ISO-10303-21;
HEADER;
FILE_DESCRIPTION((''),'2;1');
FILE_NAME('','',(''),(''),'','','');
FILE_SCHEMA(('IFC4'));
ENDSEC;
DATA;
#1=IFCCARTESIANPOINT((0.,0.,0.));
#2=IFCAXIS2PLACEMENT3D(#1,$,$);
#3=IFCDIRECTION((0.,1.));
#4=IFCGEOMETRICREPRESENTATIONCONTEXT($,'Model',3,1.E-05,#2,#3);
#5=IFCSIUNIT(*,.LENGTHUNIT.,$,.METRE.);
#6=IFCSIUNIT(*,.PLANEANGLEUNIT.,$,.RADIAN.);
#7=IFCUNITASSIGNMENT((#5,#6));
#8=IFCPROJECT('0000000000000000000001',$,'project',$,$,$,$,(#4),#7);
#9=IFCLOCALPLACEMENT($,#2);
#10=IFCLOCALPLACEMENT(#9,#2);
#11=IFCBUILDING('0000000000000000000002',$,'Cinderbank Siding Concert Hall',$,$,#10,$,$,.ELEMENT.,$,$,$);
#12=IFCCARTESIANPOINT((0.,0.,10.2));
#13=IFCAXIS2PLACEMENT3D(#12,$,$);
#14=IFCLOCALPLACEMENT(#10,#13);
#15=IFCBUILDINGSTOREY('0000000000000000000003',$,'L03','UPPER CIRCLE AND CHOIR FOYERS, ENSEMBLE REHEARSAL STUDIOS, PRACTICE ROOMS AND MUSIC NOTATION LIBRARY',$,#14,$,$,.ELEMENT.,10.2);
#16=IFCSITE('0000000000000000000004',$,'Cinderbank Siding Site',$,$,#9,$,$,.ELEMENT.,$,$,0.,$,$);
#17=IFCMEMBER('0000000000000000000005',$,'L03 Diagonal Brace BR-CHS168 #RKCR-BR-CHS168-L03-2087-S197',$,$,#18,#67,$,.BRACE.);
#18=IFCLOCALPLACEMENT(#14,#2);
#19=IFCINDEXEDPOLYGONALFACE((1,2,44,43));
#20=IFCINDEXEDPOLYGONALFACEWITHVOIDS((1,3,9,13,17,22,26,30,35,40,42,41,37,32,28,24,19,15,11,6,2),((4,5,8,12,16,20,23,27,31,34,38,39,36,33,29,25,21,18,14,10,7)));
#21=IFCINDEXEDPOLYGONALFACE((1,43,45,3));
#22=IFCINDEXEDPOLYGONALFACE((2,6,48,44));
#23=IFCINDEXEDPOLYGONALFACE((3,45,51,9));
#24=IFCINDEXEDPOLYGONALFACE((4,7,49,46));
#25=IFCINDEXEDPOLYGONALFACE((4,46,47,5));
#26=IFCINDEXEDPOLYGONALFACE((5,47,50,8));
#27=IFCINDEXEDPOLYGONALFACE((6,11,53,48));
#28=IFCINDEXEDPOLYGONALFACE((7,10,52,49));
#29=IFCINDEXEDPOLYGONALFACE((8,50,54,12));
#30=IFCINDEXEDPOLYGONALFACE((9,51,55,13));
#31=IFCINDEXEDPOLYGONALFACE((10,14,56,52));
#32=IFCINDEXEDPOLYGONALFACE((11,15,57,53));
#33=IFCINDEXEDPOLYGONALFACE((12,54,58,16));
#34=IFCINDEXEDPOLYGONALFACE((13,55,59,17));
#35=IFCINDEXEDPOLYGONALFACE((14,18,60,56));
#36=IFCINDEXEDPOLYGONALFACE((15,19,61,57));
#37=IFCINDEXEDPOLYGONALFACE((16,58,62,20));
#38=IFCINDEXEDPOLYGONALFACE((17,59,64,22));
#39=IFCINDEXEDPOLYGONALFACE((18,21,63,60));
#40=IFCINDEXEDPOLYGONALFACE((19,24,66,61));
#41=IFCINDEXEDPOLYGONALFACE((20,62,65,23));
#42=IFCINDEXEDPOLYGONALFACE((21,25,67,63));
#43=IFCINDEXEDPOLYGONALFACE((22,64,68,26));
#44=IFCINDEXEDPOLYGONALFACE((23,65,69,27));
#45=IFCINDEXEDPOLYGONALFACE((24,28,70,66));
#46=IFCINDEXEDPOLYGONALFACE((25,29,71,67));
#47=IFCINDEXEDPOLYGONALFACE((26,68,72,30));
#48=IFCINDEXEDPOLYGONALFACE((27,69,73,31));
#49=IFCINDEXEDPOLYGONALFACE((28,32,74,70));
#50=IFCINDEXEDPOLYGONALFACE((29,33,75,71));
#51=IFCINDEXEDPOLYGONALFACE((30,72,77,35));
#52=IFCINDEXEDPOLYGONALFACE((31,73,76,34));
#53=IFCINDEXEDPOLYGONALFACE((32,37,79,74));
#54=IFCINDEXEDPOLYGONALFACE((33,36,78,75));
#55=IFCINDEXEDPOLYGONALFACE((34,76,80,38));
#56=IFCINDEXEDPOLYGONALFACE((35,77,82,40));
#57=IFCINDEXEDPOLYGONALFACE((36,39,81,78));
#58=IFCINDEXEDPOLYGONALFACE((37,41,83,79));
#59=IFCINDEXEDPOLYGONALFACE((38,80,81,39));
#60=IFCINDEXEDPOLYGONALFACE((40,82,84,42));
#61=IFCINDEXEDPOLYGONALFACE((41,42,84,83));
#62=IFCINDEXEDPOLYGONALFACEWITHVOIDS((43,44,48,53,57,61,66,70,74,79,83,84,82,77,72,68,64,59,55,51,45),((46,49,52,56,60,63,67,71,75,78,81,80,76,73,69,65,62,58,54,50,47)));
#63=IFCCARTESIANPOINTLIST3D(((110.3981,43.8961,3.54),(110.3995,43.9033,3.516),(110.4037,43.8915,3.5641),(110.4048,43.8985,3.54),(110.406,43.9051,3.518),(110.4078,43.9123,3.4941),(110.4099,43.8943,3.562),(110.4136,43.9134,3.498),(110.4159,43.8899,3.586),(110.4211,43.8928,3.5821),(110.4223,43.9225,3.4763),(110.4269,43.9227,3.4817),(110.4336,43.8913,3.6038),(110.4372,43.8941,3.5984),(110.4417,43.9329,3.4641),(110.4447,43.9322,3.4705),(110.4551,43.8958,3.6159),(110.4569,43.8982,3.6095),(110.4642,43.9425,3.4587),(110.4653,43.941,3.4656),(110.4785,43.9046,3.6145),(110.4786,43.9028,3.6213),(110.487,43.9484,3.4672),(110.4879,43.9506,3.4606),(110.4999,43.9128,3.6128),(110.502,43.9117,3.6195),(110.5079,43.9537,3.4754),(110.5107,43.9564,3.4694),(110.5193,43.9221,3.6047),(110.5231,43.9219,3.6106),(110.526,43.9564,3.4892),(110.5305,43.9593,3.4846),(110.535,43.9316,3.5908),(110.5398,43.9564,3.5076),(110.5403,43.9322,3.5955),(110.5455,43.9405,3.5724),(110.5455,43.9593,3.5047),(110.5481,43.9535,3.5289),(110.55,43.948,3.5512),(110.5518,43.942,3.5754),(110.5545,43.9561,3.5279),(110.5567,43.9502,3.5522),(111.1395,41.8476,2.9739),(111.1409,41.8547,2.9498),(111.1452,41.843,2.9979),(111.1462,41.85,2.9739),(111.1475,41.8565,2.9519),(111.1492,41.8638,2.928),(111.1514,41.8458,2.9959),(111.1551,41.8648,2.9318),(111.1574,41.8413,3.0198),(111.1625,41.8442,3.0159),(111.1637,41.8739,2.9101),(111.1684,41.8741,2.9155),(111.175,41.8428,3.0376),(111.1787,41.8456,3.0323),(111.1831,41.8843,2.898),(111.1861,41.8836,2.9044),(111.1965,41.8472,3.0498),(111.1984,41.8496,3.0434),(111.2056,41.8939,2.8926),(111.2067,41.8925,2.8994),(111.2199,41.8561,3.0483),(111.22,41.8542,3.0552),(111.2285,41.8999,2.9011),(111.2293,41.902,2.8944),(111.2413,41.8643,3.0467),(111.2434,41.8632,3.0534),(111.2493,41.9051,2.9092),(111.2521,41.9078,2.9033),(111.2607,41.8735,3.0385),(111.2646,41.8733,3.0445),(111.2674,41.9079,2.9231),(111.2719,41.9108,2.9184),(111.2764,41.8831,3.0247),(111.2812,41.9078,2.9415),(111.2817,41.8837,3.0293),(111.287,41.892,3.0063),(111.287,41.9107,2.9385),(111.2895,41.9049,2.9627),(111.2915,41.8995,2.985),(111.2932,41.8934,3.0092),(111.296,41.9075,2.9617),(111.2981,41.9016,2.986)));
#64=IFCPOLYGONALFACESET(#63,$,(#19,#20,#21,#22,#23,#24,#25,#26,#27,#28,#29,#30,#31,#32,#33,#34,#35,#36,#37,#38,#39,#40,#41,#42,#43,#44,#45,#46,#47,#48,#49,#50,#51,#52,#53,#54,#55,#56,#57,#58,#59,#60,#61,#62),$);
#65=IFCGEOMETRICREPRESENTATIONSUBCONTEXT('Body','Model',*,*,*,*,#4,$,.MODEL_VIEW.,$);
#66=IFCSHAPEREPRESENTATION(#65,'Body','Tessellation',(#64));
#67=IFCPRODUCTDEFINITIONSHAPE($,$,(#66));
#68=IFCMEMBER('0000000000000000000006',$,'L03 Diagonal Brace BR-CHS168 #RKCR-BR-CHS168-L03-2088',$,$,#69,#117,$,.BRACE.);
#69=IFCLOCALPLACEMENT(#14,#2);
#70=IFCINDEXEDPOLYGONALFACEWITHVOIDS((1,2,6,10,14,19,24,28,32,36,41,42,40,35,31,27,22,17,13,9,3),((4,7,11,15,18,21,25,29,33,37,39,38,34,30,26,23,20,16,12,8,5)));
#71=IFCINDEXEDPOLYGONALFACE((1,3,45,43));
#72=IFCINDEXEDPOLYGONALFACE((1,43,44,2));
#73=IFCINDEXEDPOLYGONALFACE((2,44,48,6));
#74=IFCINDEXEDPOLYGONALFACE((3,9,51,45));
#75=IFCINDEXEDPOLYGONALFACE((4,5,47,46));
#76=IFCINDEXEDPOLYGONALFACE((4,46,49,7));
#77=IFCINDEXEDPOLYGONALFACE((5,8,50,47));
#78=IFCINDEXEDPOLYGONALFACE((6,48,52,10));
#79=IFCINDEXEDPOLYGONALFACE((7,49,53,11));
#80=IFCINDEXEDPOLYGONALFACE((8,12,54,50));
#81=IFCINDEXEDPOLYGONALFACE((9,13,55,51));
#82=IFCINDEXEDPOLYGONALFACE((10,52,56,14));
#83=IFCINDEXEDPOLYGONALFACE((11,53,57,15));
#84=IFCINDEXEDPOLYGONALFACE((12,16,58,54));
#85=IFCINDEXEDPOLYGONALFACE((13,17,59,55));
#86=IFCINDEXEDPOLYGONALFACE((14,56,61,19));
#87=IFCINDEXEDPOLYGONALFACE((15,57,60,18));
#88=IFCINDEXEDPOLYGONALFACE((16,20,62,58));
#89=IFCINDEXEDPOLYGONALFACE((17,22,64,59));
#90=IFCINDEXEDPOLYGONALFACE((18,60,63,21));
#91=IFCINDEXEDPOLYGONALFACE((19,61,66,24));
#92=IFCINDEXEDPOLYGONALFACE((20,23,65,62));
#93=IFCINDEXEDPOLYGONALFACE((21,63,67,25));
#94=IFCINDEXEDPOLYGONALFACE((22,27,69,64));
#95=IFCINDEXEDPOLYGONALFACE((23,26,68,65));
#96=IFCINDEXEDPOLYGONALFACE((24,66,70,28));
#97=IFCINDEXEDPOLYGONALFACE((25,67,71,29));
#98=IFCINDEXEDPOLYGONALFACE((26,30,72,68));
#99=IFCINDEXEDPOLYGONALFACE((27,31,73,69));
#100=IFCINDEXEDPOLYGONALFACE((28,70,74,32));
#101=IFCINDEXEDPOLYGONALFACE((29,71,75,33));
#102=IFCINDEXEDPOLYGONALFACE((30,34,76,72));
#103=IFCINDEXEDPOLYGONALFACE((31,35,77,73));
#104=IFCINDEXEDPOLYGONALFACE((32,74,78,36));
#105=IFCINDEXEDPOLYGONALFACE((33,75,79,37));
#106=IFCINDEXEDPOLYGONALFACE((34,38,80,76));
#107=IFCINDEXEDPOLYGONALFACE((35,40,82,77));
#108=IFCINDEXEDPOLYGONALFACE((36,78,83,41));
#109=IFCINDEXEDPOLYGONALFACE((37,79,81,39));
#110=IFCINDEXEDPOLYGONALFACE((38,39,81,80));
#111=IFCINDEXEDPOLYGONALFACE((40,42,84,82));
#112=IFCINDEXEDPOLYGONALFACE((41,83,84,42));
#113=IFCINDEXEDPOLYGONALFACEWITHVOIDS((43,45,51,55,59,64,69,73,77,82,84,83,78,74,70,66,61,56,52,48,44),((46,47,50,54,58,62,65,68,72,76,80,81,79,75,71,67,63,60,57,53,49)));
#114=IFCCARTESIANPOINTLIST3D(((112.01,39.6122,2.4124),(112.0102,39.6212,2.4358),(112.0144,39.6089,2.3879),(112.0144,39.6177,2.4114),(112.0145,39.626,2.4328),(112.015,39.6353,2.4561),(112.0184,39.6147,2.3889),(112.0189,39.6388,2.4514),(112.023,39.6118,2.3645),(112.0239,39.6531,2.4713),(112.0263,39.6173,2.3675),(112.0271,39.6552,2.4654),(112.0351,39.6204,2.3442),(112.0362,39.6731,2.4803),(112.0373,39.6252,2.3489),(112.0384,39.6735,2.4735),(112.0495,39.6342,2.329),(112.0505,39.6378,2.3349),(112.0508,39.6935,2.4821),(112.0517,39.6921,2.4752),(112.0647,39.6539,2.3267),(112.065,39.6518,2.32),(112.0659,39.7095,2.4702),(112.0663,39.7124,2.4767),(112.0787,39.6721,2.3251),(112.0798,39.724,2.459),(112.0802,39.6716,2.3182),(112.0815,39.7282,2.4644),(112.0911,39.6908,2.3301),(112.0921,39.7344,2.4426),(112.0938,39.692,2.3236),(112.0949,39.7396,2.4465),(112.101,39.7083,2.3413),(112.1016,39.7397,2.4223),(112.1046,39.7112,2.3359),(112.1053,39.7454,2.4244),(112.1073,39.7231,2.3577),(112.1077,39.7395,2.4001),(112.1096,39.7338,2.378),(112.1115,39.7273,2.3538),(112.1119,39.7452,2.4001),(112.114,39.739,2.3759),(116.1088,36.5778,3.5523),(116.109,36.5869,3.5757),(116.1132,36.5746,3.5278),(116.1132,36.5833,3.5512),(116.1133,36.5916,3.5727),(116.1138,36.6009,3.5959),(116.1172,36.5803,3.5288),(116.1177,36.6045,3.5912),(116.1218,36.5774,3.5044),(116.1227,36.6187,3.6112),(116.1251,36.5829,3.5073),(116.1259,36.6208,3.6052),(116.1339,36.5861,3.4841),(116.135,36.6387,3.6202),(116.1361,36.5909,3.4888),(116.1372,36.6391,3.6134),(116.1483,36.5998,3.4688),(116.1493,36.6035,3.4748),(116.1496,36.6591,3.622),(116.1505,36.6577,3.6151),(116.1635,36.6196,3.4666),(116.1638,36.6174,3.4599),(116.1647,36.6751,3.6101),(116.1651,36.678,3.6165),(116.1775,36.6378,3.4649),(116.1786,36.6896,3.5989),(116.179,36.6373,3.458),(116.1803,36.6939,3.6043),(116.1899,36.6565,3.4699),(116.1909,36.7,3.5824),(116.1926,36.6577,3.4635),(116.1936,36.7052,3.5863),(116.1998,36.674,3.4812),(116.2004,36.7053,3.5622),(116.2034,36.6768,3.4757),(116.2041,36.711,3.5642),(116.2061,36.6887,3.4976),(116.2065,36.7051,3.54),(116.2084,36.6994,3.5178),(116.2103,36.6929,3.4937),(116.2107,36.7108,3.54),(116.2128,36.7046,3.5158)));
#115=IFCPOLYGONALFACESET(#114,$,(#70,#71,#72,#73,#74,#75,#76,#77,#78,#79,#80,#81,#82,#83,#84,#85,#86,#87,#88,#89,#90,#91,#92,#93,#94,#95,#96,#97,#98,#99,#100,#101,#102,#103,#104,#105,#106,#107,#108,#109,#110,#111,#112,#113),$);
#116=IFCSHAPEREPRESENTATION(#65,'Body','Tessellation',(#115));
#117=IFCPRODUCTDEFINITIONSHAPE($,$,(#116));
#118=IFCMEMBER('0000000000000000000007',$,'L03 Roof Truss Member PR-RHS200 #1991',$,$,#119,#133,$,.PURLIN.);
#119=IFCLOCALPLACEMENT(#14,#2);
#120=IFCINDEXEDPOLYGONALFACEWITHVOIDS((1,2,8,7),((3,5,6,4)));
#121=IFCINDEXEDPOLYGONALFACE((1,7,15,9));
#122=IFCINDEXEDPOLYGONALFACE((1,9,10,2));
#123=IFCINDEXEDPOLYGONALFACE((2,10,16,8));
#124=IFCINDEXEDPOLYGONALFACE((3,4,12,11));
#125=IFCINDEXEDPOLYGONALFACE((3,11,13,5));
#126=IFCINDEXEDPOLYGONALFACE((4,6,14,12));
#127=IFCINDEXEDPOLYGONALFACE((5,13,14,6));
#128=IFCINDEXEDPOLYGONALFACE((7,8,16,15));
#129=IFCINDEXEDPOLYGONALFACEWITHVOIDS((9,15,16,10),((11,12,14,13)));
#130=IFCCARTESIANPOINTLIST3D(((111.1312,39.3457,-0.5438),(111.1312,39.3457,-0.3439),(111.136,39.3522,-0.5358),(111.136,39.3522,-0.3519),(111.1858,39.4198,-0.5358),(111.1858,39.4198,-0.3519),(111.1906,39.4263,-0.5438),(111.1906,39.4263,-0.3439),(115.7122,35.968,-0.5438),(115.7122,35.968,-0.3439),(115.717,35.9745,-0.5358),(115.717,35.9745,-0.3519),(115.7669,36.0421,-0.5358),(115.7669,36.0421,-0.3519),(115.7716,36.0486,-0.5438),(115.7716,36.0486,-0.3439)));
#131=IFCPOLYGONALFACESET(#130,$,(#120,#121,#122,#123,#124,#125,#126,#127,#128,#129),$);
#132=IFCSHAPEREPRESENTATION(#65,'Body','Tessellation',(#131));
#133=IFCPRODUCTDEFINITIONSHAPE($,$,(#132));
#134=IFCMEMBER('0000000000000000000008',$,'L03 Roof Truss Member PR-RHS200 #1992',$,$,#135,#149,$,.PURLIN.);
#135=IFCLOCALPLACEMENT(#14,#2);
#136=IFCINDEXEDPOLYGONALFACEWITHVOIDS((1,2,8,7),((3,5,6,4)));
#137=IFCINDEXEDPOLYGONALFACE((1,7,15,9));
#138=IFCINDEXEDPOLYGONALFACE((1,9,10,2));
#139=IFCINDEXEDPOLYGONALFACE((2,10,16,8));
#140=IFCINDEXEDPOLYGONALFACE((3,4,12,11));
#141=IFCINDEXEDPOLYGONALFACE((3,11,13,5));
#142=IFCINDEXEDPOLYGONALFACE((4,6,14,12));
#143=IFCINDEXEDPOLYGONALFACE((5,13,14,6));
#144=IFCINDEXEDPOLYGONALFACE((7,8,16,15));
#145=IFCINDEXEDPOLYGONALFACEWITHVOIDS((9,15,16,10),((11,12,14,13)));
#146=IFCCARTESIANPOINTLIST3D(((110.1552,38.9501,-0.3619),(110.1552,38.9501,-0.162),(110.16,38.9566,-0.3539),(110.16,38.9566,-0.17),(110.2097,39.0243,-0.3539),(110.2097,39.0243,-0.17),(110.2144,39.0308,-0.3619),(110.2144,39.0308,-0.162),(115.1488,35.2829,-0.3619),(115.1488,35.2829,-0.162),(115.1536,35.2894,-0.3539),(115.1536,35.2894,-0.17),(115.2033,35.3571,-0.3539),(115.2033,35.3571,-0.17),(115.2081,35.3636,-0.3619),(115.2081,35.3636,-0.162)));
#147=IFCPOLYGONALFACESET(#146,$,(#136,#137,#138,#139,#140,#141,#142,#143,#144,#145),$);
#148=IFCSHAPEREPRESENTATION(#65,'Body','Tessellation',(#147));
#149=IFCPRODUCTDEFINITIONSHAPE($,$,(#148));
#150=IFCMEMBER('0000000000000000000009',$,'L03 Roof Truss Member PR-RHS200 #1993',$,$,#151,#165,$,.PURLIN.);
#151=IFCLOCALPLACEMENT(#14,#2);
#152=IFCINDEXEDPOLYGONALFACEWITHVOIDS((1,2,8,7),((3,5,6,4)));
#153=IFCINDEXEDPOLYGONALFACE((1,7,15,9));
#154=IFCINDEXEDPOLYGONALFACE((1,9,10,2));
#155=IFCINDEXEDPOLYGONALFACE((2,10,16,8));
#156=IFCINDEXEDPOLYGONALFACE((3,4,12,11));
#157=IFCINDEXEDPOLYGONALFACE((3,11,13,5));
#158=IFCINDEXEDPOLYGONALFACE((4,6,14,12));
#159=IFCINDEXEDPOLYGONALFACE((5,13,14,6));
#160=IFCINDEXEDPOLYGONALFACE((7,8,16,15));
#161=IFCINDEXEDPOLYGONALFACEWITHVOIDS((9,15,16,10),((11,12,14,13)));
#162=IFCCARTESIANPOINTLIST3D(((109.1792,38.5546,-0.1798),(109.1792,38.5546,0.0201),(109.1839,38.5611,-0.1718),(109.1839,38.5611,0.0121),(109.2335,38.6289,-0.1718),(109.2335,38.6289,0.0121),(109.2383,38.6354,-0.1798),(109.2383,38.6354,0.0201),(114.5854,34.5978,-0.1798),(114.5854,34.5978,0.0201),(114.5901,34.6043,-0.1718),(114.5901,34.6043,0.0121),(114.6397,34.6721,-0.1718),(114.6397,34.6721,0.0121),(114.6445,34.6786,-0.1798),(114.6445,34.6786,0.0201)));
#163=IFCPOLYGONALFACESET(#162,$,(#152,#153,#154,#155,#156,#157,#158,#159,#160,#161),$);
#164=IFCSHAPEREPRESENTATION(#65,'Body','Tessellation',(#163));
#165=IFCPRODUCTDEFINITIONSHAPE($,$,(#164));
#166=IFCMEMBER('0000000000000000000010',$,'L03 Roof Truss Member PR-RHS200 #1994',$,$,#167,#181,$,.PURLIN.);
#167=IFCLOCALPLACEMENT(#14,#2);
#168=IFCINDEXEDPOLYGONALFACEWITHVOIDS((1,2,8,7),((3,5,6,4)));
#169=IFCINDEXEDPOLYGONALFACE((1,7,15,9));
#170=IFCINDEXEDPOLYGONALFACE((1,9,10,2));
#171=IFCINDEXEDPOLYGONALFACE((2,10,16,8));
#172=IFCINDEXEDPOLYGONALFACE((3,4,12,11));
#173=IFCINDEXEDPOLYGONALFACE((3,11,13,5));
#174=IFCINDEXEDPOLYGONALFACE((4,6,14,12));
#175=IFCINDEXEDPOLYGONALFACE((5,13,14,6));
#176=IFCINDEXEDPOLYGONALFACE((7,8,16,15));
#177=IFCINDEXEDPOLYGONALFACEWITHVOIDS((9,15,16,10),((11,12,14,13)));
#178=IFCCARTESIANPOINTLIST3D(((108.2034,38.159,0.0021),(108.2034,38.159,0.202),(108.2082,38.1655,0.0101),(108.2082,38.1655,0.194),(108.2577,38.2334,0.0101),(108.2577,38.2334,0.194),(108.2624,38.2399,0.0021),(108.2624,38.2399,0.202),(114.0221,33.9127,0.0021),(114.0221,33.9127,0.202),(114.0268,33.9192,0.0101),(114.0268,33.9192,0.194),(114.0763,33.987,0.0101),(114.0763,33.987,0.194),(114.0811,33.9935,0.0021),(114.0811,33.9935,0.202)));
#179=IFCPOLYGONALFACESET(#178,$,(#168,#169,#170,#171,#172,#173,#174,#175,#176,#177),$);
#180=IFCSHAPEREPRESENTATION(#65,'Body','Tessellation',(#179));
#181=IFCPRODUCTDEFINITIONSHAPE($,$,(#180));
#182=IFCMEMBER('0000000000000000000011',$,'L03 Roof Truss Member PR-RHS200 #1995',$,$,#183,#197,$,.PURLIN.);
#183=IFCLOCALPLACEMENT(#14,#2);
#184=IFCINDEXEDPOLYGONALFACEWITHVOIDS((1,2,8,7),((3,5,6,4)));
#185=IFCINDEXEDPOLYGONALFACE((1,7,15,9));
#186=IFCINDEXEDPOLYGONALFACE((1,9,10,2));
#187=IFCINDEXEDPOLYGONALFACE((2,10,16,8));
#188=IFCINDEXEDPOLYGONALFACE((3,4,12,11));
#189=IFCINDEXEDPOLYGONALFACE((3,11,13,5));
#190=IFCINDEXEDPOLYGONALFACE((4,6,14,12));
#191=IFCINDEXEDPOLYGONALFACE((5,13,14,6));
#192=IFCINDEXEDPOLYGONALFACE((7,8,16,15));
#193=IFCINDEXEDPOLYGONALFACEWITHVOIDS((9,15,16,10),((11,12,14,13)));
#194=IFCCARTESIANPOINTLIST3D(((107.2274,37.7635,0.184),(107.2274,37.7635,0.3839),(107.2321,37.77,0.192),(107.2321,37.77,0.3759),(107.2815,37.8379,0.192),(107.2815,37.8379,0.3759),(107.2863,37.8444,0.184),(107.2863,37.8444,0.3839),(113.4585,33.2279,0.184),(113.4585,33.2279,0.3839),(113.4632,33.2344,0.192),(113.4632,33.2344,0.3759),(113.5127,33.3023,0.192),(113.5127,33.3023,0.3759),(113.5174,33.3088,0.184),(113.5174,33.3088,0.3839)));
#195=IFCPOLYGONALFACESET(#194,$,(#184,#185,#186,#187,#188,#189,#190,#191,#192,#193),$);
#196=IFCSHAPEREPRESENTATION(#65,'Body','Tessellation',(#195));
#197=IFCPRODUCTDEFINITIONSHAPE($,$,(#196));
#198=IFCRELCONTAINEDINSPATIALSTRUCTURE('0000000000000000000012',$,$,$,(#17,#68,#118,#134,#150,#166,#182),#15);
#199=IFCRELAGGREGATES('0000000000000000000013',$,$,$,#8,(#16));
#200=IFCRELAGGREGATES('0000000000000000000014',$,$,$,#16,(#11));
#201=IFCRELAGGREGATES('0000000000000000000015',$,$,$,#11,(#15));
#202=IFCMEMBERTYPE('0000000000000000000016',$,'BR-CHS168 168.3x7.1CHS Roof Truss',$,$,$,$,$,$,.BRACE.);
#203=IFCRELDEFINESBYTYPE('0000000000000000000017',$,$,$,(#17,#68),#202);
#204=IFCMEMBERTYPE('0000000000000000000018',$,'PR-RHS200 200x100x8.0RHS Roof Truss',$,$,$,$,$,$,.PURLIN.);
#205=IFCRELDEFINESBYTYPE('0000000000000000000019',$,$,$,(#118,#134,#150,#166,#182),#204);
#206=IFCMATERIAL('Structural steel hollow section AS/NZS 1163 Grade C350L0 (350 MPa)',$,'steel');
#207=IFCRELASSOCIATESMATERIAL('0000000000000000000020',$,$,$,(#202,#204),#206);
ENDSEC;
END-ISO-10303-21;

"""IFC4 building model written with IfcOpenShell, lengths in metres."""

from ifc_helpers import new_model, si_unit, direction, frame, origin, origin_2d, place, context, subcontext, project, spatial, hollow_rectangle, hollow_circle, extrude, material, material_profile, profile_set, type_object, element, save


model = new_model("IFC4")

# Units and contexts
model_context = context("Model", 3, precision=1e-05, world=origin(), true_north=direction((0.0, 1.0)))
body_context = subcontext(model_context, "Body", "Model", "MODEL_VIEW")
ifc_project = project(units=[si_unit("LENGTHUNIT", "METRE"), si_unit("PLANEANGLEUNIT", "RADIAN")], contexts=[model_context])

# Site, building, storey
site_placement = place(None, origin())
site = spatial("IfcSite", under=ifc_project, at=site_placement, Name="Cinderbank Siding Site", CompositionType="ELEMENT", RefElevation=0.0)
building_placement = place(site_placement, origin())
building = spatial("IfcBuilding", under=site, at=building_placement, Name="Cinderbank Siding Concert Hall", CompositionType="ELEMENT")
storey_placement = place(building_placement, frame((0.0, 0.0, 10.2)))
storey = spatial("IfcBuildingStorey", under=building, at=storey_placement, Name="L03", Description="UPPER CIRCLE AND CHOIR FOYERS, ENSEMBLE REHEARSAL STUDIOS, PRACTICE ROOMS AND MUSIC NOTATION LIBRARY", CompositionType="ELEMENT", Elevation=10.2)

# Shared definitions
ifc_material_1 = material(Name="Structural steel hollow section AS/NZS 1163 Grade C350L0 (350 MPa)", Category="steel")

# Members
ifc_material_profile_1 = material_profile(ifc_material_1, hollow_circle(Radius=0.0842, WallThickness=0.0071, at=origin_2d()), Name="168.3x7.1CHS", Category="LoadBearing")
ifc_profile_set_1 = profile_set([ifc_material_profile_1], Name="Structural steel hollow section AS/NZS 1163 Grade C350L0 (350 MPa)")
member_type_1 = type_object("IfcMemberType", Name="BR-CHS168 168.3x7.1CHS Roof Truss", PredefinedType="BRACE", material=ifc_profile_set_1)
for number, where, z_axis, x_axis, name in (
    (1, (111.2188, 41.8762, 2.9739), (-0.32939, 0.910078, 0.251516), (-0.940306, -0.34033, 0.0), "L03 Diagonal Brace BR-CHS168 #RKCR-BR-CHS168-L03-2087-S197"),
):
    element("IfcMember", number, at=place(storey_placement, frame(where, z_axis=z_axis, x_axis=x_axis)), inside=storey, type_object=member_type_1, Name=name, PredefinedType="BRACE", context=body_context, shape_type="SweptSolid", body=[
        extrude(hollow_circle(Radius=0.0842, WallThickness=0.0071, at=origin_2d()), origin(), (0.0, 0.0, 1.0), 2.251),
    ])
member_1_placement = place(storey_placement, frame((112.0618, 39.6775, 2.4001), z_axis=(0.78437, -0.580674, 0.218132), x_axis=(0.595002, 0.803724, 0.0)))
element("IfcMember", 2, at=member_1_placement, inside=storey, type_object=member_type_1, Name="L03 Diagonal Brace BR-CHS168 #RKCR-BR-CHS168-L03-2088", PredefinedType="BRACE", context=body_context, shape_type="SweptSolid", body=[
    extrude(hollow_circle(Radius=0.0842, WallThickness=0.0071, at=origin_2d()), origin(), (0.0, 0.0, 1.0), 5.2256),
])
ifc_material_profile_2 = material_profile(ifc_material_1, hollow_rectangle(XDim=0.1001, YDim=0.2, WallThickness=0.0081, at=origin_2d()), Name="200x100x8.0RHS", Category="LoadBearing")
ifc_profile_set_2 = profile_set([ifc_material_profile_2], Name="Structural steel hollow section AS/NZS 1163 Grade C350L0 (350 MPa)")
member_type_2 = type_object("IfcMemberType", Name="PR-RHS200 200x100x8.0RHS Roof Truss", PredefinedType="PURLIN", material=ifc_profile_set_2)
member_2_placement = place(storey_placement, frame((111.1609, 39.386, -0.4438), z_axis=(0.804874, -0.593446, 0.0), x_axis=(0.593446, 0.804874, 0.0)))
element("IfcMember", 3, at=member_2_placement, inside=storey, type_object=member_type_2, Name="L03 Roof Truss Member PR-RHS200 #1991", PredefinedType="PURLIN", context=body_context, shape_type="SweptSolid", body=[
    extrude(hollow_rectangle(XDim=0.1001, YDim=0.2, WallThickness=0.0081, at=origin_2d()), origin(), (0.0, 0.0, 1.0), 5.6917),
])
member_3_placement = place(storey_placement, frame((110.1848, 38.9905, -0.262), z_axis=(0.806003, -0.591912, 0.0), x_axis=(0.591912, 0.806003, 0.0)))
element("IfcMember", 4, at=member_3_placement, inside=storey, type_object=member_type_2, Name="L03 Roof Truss Member PR-RHS200 #1992", PredefinedType="PURLIN", context=body_context, shape_type="SweptSolid", body=[
    extrude(hollow_rectangle(XDim=0.1001, YDim=0.2, WallThickness=0.0081, at=origin_2d()), origin(), (0.0, 0.0, 1.0), 6.1956),
])
member_4_placement = place(storey_placement, frame((109.2087, 38.595, -0.0798), z_axis=(0.80696, -0.590607, 0.0), x_axis=(0.590607, 0.80696, 0.0)))
element("IfcMember", 5, at=member_4_placement, inside=storey, type_object=member_type_2, Name="L03 Roof Truss Member PR-RHS200 #1993", PredefinedType="PURLIN", context=body_context, shape_type="SweptSolid", body=[
    extrude(hollow_rectangle(XDim=0.1001, YDim=0.2, WallThickness=0.0081, at=origin_2d()), origin(), (0.0, 0.0, 1.0), 6.6995),
])
member_5_placement = place(storey_placement, frame((108.2329, 38.1995, 0.1021), z_axis=(0.807769, -0.589499, 0.0), x_axis=(0.589499, 0.807769, 0.0)))
element("IfcMember", 6, at=member_5_placement, inside=storey, type_object=member_type_2, Name="L03 Roof Truss Member PR-RHS200 #1994", PredefinedType="PURLIN", context=body_context, shape_type="SweptSolid", body=[
    extrude(hollow_rectangle(XDim=0.1001, YDim=0.2, WallThickness=0.0081, at=origin_2d()), origin(), (0.0, 0.0, 1.0), 7.2034),
])
member_6_placement = place(storey_placement, frame((107.2568, 37.804, 0.2839), z_axis=(0.808498, -0.588499, 0.0), x_axis=(0.588499, 0.808498, 0.0)))
element("IfcMember", 7, at=member_6_placement, inside=storey, type_object=member_type_2, Name="L03 Roof Truss Member PR-RHS200 #1995", PredefinedType="PURLIN", context=body_context, shape_type="SweptSolid", body=[
    extrude(hollow_rectangle(XDim=0.1001, YDim=0.2, WallThickness=0.0081, at=origin_2d()), origin(), (0.0, 0.0, 1.0), 7.707),
])

save(model, "model.ifc")
